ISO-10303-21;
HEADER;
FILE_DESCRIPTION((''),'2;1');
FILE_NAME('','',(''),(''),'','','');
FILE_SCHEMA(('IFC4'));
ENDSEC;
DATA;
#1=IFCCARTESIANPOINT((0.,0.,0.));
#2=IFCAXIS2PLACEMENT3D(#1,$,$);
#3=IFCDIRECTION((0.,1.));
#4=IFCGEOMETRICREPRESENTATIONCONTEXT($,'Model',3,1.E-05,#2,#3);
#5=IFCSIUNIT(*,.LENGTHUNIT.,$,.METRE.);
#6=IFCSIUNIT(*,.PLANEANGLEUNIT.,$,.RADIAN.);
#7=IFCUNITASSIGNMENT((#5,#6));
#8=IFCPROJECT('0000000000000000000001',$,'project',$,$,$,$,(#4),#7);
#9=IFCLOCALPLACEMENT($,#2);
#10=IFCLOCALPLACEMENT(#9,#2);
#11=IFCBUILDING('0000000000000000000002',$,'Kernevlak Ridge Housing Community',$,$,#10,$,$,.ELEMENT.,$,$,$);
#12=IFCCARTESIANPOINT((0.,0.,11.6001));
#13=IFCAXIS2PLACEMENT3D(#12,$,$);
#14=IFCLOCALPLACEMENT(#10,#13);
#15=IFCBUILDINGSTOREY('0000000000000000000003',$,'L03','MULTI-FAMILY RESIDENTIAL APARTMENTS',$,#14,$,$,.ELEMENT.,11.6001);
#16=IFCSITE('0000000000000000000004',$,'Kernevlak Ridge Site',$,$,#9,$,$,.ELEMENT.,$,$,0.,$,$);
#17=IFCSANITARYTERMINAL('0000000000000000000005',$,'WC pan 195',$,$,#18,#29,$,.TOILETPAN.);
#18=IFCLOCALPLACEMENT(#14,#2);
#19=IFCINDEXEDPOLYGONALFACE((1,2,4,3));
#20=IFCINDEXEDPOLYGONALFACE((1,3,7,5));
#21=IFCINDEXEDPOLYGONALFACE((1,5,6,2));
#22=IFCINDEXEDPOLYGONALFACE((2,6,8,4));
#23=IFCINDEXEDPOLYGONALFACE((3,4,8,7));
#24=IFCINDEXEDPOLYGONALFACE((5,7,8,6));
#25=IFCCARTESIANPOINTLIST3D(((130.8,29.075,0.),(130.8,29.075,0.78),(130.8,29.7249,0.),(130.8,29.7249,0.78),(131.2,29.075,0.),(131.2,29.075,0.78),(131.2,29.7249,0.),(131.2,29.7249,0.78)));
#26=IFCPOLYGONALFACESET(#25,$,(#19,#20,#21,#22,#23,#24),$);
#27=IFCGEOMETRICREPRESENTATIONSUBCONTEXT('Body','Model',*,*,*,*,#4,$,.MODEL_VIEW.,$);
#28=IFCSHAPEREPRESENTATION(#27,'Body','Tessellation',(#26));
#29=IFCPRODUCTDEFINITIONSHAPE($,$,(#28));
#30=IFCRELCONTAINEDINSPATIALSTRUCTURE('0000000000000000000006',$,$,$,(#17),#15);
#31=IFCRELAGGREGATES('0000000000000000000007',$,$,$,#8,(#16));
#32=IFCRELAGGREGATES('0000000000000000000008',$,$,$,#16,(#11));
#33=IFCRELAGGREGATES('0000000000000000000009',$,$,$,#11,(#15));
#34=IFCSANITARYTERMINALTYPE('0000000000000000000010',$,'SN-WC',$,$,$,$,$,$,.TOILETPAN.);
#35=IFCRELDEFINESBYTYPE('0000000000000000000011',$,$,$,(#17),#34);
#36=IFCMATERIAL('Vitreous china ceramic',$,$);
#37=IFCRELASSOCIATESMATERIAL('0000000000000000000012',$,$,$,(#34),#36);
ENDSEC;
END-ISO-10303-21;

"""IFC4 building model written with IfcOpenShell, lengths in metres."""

from ifc_helpers import new_model, si_unit, direction, frame, origin, origin_2d, place, context, subcontext, project, spatial, rectangle, extrude, material, type_object, element, save


model = new_model("IFC4")

# Units and contexts
model_context = context("Model", 3, precision=1e-05, world=origin(), true_north=direction((0.0, 1.0)))
body_context = subcontext(model_context, "Body", "Model", "MODEL_VIEW")
ifc_project = project(units=[si_unit("LENGTHUNIT", "METRE"), si_unit("PLANEANGLEUNIT", "RADIAN")], contexts=[model_context])

# Site, building, storey
site_placement = place(None, origin())
site = spatial("IfcSite", under=ifc_project, at=site_placement, Name="Kernevlak Ridge Site", CompositionType="ELEMENT", RefElevation=0.0)
building_placement = place(site_placement, origin())
building = spatial("IfcBuilding", under=site, at=building_placement, Name="Kernevlak Ridge Housing Community", CompositionType="ELEMENT")
storey_placement = place(building_placement, frame((0.0, 0.0, 11.6001)))
storey = spatial("IfcBuildingStorey", under=building, at=storey_placement, Name="L03", Description="MULTI-FAMILY RESIDENTIAL APARTMENTS", CompositionType="ELEMENT", Elevation=11.6001)

# Sanitary terminal
ifc_material_1 = material(Name="Vitreous china ceramic")
sanitary_terminal_type_1 = type_object("IfcSanitaryTerminalType", Name="SN-WC", PredefinedType="TOILETPAN", material=ifc_material_1)
sanitary_terminal_1_placement = place(storey_placement, frame((131.0, 29.3999, 0.0), z_axis=(0.0, 0.0, 1.0), x_axis=(1.0, 0.0, 0.0)))
element("IfcSanitaryTerminal", 1, at=sanitary_terminal_1_placement, inside=storey, type_object=sanitary_terminal_type_1, Name="WC pan 195", PredefinedType="TOILETPAN", context=body_context, shape_type="SweptSolid", body=[
    extrude(rectangle(XDim=0.3999, YDim=0.6499, at=origin_2d()), origin(), (0.0, 0.0, 1.0), 0.78),
])

save(model, "model.ifc")
